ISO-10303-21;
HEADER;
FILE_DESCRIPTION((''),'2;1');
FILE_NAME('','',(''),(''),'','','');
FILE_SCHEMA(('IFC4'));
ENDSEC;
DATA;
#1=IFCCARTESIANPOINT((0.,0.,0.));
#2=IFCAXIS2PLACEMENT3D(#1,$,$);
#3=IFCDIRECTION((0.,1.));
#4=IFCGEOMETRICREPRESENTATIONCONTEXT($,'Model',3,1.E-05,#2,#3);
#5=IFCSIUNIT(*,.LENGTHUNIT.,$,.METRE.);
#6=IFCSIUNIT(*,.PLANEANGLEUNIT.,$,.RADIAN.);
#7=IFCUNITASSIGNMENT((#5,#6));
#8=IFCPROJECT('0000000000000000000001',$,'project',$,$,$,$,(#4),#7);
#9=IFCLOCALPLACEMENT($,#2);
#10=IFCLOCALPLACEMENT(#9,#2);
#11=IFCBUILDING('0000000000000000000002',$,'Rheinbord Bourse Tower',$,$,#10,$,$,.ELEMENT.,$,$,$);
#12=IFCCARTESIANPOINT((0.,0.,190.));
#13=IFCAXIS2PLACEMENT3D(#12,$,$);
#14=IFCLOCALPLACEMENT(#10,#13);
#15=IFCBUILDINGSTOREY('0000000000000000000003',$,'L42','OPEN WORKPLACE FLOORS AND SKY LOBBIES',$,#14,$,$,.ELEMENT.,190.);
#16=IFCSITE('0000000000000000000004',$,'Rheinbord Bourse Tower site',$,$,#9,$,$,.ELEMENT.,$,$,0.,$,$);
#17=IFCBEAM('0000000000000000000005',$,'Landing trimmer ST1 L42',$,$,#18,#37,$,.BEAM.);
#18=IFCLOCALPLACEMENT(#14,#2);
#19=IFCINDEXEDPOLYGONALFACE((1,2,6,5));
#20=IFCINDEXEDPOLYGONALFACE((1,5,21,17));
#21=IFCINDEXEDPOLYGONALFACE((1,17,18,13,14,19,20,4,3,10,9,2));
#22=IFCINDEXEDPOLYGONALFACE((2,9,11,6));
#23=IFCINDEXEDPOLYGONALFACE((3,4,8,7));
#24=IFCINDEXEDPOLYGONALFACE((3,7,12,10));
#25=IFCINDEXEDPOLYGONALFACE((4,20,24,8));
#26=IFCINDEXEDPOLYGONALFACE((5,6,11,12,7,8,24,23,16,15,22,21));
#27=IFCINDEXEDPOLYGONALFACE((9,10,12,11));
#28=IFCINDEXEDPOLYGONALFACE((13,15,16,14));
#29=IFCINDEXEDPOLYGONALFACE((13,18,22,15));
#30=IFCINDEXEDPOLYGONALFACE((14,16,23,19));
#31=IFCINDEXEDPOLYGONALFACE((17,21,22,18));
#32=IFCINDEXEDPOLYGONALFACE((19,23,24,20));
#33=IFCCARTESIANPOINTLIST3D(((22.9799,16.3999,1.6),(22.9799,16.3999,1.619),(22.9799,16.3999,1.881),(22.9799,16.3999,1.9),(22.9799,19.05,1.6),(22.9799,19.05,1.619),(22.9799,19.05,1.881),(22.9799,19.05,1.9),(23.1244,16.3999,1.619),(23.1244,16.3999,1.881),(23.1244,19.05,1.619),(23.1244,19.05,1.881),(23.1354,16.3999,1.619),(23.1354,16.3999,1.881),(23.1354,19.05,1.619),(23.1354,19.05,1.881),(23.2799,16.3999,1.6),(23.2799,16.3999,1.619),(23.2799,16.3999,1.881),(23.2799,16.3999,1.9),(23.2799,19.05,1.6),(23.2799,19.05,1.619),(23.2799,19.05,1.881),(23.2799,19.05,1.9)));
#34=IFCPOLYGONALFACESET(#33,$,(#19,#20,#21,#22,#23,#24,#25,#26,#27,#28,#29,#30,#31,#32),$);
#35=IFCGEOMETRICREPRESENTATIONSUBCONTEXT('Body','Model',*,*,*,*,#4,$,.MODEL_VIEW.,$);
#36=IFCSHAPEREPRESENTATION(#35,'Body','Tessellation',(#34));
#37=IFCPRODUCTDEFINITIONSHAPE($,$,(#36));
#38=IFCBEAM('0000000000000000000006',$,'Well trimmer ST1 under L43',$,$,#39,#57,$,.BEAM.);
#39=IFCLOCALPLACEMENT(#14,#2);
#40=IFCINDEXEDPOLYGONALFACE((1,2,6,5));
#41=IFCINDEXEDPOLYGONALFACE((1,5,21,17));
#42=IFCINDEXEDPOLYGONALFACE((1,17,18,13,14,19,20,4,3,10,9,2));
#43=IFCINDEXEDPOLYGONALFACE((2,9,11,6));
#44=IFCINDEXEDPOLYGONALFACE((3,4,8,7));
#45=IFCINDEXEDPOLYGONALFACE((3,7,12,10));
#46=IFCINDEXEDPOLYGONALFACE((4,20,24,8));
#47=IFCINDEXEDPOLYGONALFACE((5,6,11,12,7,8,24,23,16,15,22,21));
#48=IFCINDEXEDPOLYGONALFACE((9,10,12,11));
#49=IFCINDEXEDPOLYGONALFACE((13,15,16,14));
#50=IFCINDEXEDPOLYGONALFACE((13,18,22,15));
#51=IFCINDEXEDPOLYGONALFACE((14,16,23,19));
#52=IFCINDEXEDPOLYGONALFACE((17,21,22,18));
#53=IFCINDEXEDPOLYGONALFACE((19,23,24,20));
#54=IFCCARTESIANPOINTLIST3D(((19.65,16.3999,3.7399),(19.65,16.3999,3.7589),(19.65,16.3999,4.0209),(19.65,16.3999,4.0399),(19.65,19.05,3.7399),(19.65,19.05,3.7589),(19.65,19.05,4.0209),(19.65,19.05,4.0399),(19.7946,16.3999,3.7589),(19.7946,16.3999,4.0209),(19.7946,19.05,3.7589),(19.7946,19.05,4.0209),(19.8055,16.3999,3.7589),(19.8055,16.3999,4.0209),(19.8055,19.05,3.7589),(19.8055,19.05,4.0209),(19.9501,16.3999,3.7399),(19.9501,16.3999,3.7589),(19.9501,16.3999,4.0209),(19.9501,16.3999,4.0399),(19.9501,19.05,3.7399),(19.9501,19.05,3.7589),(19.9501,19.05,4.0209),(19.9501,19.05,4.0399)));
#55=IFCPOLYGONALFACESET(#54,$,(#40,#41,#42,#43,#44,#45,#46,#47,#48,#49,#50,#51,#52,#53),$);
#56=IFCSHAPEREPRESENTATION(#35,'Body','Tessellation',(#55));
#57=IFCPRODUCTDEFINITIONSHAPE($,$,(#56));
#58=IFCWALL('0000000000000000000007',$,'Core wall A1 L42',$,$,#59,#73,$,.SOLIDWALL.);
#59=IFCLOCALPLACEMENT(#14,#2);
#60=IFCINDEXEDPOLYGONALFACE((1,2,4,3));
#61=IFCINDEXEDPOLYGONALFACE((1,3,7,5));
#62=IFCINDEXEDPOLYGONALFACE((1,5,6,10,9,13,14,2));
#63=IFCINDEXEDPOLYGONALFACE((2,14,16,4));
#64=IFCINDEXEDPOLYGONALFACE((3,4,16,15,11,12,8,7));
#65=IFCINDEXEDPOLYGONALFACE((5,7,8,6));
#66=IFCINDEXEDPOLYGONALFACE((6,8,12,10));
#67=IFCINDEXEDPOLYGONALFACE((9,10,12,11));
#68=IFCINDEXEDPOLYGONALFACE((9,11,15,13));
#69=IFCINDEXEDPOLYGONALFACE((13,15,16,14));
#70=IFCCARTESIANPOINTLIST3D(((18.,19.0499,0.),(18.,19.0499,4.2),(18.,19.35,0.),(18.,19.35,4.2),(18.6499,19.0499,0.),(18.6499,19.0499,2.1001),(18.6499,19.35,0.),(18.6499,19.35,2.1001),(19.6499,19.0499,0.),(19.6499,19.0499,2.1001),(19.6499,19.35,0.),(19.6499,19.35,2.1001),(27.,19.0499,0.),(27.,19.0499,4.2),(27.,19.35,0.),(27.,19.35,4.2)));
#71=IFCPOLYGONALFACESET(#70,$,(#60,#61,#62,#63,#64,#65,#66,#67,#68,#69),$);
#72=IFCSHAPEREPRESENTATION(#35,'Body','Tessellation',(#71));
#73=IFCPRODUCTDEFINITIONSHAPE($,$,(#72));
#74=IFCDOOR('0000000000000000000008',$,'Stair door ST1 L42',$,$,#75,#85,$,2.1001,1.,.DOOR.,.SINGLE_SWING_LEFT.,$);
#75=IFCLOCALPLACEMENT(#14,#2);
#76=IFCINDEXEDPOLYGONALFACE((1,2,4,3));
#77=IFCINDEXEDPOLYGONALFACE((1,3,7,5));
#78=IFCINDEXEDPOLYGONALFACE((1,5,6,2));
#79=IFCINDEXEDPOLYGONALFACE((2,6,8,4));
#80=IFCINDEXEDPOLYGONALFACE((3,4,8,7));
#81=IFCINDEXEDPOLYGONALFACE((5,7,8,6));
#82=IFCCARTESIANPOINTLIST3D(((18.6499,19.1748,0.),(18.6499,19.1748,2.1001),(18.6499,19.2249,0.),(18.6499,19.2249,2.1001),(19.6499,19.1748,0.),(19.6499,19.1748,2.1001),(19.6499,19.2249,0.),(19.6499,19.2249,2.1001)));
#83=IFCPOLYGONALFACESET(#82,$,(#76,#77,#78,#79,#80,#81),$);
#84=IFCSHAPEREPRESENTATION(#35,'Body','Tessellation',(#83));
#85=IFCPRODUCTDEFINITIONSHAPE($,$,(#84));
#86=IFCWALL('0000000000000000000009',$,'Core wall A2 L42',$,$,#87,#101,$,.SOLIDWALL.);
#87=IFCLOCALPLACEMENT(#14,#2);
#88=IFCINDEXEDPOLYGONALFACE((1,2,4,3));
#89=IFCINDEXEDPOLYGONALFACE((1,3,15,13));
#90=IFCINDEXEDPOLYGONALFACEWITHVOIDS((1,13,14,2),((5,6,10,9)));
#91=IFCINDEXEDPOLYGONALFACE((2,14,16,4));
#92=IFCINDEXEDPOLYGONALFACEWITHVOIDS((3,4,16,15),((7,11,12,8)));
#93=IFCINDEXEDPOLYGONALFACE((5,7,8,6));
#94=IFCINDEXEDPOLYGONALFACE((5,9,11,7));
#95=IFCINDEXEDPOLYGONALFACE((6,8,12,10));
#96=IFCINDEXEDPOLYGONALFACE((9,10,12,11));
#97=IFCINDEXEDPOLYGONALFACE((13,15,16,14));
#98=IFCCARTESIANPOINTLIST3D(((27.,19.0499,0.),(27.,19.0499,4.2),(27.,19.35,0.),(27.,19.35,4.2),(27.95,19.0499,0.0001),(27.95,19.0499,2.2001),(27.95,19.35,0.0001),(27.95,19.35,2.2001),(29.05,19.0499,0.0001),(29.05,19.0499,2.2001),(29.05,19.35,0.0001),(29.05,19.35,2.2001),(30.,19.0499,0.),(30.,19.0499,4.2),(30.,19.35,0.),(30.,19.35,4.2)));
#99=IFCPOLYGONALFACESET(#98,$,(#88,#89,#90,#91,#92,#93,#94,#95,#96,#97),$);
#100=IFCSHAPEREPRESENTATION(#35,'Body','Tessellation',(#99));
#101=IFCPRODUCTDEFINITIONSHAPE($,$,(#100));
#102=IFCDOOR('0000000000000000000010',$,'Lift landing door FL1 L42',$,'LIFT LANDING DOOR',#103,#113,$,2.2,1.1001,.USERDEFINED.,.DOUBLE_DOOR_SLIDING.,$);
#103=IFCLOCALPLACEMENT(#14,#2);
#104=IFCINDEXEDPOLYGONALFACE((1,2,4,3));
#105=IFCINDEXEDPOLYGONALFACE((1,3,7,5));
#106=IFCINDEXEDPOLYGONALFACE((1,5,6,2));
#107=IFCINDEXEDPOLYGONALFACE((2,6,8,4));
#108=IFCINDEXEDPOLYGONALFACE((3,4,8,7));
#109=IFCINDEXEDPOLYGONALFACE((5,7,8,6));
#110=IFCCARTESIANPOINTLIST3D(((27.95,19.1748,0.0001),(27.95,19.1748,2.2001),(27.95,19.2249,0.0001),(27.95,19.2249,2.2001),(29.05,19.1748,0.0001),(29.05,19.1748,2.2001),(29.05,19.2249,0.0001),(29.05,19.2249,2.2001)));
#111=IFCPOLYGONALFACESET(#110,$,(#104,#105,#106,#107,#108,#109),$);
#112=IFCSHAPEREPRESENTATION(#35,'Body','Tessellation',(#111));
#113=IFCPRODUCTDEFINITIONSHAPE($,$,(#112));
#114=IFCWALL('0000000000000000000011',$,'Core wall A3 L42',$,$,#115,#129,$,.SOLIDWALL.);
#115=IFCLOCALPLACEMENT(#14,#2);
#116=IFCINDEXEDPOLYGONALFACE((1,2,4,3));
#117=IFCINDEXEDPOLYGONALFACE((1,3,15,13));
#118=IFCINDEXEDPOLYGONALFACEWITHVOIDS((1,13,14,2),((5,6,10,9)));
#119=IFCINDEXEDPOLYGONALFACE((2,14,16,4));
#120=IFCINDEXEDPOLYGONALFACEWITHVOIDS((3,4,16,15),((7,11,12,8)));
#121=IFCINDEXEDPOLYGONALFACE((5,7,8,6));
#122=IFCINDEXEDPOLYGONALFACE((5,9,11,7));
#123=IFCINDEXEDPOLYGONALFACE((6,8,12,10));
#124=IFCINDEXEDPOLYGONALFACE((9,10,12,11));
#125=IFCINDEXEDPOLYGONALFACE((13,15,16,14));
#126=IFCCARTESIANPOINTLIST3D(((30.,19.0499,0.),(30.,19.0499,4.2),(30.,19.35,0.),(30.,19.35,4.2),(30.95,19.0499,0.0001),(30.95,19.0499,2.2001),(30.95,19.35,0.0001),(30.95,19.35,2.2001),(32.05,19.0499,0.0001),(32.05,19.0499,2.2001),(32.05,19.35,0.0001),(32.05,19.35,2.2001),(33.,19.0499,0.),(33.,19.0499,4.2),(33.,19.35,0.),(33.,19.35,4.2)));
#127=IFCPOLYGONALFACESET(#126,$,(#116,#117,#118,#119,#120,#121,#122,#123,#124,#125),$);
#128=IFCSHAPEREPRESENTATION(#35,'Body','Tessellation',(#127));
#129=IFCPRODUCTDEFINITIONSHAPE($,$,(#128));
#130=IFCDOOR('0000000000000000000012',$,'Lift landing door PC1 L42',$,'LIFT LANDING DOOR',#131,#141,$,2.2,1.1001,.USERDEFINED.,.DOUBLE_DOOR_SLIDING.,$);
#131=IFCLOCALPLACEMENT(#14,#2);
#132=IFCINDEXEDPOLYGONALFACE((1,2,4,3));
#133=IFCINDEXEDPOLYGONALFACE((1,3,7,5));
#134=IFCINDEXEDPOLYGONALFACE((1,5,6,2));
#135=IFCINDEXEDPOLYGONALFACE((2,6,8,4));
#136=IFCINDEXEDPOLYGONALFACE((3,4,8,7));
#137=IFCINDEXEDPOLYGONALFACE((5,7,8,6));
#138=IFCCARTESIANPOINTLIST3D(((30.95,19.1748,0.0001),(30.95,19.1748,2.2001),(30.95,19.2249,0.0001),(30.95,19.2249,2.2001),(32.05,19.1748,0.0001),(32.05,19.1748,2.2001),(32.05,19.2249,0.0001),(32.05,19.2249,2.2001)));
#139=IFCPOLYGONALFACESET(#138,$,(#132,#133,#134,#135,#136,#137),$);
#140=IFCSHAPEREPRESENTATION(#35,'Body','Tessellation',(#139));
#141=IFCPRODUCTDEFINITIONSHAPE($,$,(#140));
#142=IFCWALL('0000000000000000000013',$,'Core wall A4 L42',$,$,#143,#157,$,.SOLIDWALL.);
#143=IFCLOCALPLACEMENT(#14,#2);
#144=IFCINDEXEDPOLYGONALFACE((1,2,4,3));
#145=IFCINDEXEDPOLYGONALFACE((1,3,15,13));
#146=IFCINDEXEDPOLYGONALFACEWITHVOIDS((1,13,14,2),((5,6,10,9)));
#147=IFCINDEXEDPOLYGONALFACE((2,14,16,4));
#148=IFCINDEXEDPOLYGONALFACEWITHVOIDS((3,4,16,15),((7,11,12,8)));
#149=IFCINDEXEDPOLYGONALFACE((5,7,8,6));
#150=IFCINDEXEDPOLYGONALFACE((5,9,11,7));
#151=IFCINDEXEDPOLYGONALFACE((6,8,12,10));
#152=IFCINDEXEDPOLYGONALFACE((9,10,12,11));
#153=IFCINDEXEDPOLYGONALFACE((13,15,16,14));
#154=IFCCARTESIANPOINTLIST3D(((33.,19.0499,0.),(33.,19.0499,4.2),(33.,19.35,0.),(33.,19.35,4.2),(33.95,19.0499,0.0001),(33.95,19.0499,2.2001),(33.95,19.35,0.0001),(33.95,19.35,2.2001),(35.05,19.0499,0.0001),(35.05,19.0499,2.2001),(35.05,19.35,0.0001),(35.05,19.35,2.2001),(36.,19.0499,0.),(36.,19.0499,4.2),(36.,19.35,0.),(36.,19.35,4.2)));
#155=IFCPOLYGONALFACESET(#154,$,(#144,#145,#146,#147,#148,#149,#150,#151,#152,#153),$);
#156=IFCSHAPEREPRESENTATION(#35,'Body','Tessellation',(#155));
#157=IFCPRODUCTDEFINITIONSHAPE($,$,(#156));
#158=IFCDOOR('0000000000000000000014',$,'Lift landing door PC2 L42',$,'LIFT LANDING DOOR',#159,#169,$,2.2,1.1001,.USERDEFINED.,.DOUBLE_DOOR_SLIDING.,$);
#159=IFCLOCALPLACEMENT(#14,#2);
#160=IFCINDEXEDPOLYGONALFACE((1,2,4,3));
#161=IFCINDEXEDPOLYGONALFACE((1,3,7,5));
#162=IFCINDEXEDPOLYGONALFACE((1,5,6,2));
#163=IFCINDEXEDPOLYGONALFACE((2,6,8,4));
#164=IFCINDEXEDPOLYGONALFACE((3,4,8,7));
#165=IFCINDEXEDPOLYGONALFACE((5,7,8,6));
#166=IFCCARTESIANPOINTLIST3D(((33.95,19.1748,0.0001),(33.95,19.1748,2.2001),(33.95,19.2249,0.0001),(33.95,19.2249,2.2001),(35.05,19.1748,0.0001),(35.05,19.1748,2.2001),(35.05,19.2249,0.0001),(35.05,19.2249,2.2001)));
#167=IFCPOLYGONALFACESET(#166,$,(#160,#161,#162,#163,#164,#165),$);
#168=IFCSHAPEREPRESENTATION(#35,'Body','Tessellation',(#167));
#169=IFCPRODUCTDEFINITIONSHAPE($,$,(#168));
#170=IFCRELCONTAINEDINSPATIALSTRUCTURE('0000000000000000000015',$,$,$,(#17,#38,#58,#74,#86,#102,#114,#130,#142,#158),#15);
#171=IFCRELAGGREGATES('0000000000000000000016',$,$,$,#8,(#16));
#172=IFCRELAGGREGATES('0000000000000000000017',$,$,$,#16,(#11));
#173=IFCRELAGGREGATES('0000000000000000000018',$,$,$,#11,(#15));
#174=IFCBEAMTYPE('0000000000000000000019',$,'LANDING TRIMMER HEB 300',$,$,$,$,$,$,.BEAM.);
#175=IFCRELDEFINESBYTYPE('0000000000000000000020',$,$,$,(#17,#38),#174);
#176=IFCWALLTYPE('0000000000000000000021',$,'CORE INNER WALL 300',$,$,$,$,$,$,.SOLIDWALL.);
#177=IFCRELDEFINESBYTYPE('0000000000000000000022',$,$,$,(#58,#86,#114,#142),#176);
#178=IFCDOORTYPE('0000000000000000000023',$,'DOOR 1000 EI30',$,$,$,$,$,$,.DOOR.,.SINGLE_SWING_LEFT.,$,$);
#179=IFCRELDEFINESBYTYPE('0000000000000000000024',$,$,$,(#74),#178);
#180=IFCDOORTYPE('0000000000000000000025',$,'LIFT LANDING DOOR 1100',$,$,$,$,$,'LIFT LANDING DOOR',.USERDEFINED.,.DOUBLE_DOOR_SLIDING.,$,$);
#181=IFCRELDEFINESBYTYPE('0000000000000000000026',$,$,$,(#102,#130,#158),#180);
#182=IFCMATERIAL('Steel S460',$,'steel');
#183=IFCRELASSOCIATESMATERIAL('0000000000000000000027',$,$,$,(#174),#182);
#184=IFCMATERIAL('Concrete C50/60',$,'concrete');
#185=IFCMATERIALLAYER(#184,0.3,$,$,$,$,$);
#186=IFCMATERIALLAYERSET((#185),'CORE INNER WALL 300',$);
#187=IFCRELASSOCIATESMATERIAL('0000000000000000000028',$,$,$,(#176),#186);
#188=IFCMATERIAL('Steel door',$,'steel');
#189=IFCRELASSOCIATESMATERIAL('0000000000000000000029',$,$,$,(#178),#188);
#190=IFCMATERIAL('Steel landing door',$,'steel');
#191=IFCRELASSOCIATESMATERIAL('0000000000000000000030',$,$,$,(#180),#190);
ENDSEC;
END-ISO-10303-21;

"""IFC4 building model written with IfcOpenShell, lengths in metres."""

from ifc_helpers import new_model, si_unit, direction, frame, frame_2d, origin, origin_2d, place, context, subcontext, project, spatial, rectangle, i_section, extrude, material, layer, layer_set, material_profile, profile_set, type_object, element, fill, save


model = new_model("IFC4")

# Units and contexts
model_context = context("Model", 3, precision=1e-05, world=origin(), true_north=direction((0.0, 1.0)))
body_context = subcontext(model_context, "Body", "Model", "MODEL_VIEW")
ifc_project = project(units=[si_unit("LENGTHUNIT", "METRE"), si_unit("PLANEANGLEUNIT", "RADIAN")], contexts=[model_context])

# Site, building, storey
site_placement = place(None, origin())
site = spatial("IfcSite", under=ifc_project, at=site_placement, Name="Rheinbord Bourse Tower site", CompositionType="ELEMENT", RefElevation=0.0)
building_placement = place(site_placement, origin())
building = spatial("IfcBuilding", under=site, at=building_placement, Name="Rheinbord Bourse Tower", CompositionType="ELEMENT")
storey_placement = place(building_placement, frame((0.0, 0.0, 190.0)))
storey = spatial("IfcBuildingStorey", under=building, at=storey_placement, Name="L42", Description="OPEN WORKPLACE FLOORS AND SKY LOBBIES", CompositionType="ELEMENT", Elevation=190.0)

# Beams
ifc_material_1 = material(Name="Steel S460", Category="steel")
ifc_material_profile = material_profile(ifc_material_1, i_section(OverallWidth=0.3, OverallDepth=0.3, WebThickness=0.011, FlangeThickness=0.019, at=origin_2d()), Name="HEB 300")
ifc_profile_set = profile_set([ifc_material_profile], Name="Steel S460")
beam_type = type_object("IfcBeamType", Name="LANDING TRIMMER HEB 300", PredefinedType="BEAM", material=ifc_profile_set)
for number, where, z_axis, x_axis, name in (
    (1, (23.1299, 16.3999, 1.75), (0.0, 1.0, 0.0), (-1.0, 0.0, 0.0), "Landing trimmer ST1 L42"),
    (2, (19.8, 16.3999, 3.8899), (0.0, 1.0, 0.0), (-1.0, 0.0, 0.0), "Well trimmer ST1 under L43"),
):
    element("IfcBeam", number, at=place(storey_placement, frame(where, z_axis=z_axis, x_axis=x_axis)), inside=storey, type_object=beam_type, Name=name, PredefinedType="BEAM", context=body_context, shape_type="SweptSolid", body=[
        extrude(i_section(OverallWidth=0.3, OverallDepth=0.3, WebThickness=0.011, FlangeThickness=0.019, at=origin_2d()), origin(), (0.0, 0.0, 1.0), 2.6501),
    ])

# Walls, openings, doors
ifc_material_2 = material(Name="Concrete C50/60", Category="concrete")
ifc_layer_1 = layer(ifc_material_2, 0.3)
ifc_layer_set_1 = layer_set([ifc_layer_1], Name="CORE INNER WALL 300")
wall_type_1 = type_object("IfcWallType", Name="CORE INNER WALL 300", PredefinedType="SOLIDWALL", material=ifc_layer_set_1)
wall_1_placement = place(storey_placement, frame((18.0, 19.2, 0.0), z_axis=(0.0, 0.0, 1.0), x_axis=(1.0, 0.0, 0.0)))
wall_1 = element("IfcWall", 3, at=wall_1_placement, inside=storey, type_object=wall_type_1, Name="Core wall A1 L42", PredefinedType="SOLIDWALL", context=body_context, shape_type="SweptSolid", body=[
    extrude(rectangle(XDim=9.0, YDim=0.3, at=frame_2d((4.5, 0.0))), origin(), (0.0, 0.0, 1.0), 4.2),
])
opening_1_placement = place(wall_1_placement, frame((0.6499, 0.0, 0.0)))
opening_1 = element("IfcOpeningElement", 4, at=opening_1_placement, cuts=wall_1, PredefinedType="OPENING", context=body_context, shape_type="SweptSolid", body=[
    extrude(rectangle(XDim=1.0, YDim=2.1001, at=frame_2d((0.5, 1.05))), frame((0.0, 0.1599, 0.0), z_axis=(0.0, -1.0, 0.0), x_axis=(1.0, 0.0, 0.0)), (0.0, 0.0, 1.0), 0.3201),
])
ifc_material_3 = material(Name="Steel door", Category="steel")
door_type_1 = type_object("IfcDoorType", Name="DOOR 1000 EI30", OperationType="SINGLE_SWING_LEFT", PredefinedType="DOOR", material=ifc_material_3)
door_1_placement = place(opening_1_placement, origin())
door_1 = element("IfcDoor", 5, at=door_1_placement, inside=storey, type_object=door_type_1, Name="Stair door ST1 L42", OperationType="SINGLE_SWING_LEFT", OverallHeight=2.1001, OverallWidth=1.0, PredefinedType="DOOR", context=body_context, shape_type="SweptSolid", body=[
    extrude(rectangle(XDim=1.0, YDim=2.1001, at=frame_2d((0.5, 1.05))), frame((0.0, 0.0249, 0.0), z_axis=(0.0, -1.0, 0.0), x_axis=(1.0, 0.0, 0.0)), (0.0, 0.0, 1.0), 0.05),
])
fill(opening_1, door_1)
wall_2_placement = place(storey_placement, frame((27.0, 19.2, 0.0), z_axis=(0.0, 0.0, 1.0), x_axis=(1.0, 0.0, 0.0)))
wall_2 = element("IfcWall", 6, at=wall_2_placement, inside=storey, type_object=wall_type_1, Name="Core wall A2 L42", PredefinedType="SOLIDWALL", context=body_context, shape_type="SweptSolid", body=[
    extrude(rectangle(XDim=3.0, YDim=0.3, at=frame_2d((1.5, 0.0))), origin(), (0.0, 0.0, 1.0), 4.2),
])
opening_2_placement = place(wall_2_placement, frame((0.95, 0.0, 0.0)))
opening_2 = element("IfcOpeningElement", 7, at=opening_2_placement, cuts=wall_2, PredefinedType="OPENING", context=body_context, shape_type="SweptSolid", body=[
    extrude(rectangle(XDim=1.1001, YDim=2.2, at=frame_2d((0.55, 1.1001))), frame((0.0, 0.1599, 0.0), z_axis=(0.0, -1.0, 0.0), x_axis=(1.0, 0.0, 0.0)), (0.0, 0.0, 1.0), 0.3201),
])
ifc_material_4 = material(Name="Steel landing door", Category="steel")
door_type_2 = type_object("IfcDoorType", Name="LIFT LANDING DOOR 1100", ElementType="LIFT LANDING DOOR", OperationType="DOUBLE_DOOR_SLIDING", PredefinedType="USERDEFINED", material=ifc_material_4)
door_2_placement = place(opening_2_placement, origin())
door_2 = element("IfcDoor", 8, at=door_2_placement, inside=storey, type_object=door_type_2, Name="Lift landing door FL1 L42", ObjectType="LIFT LANDING DOOR", OperationType="DOUBLE_DOOR_SLIDING", OverallHeight=2.2, OverallWidth=1.1001, PredefinedType="USERDEFINED", context=body_context, shape_type="SweptSolid", body=[
    extrude(rectangle(XDim=1.1001, YDim=2.2, at=frame_2d((0.55, 1.1001))), frame((0.0, 0.0249, 0.0), z_axis=(0.0, -1.0, 0.0), x_axis=(1.0, 0.0, 0.0)), (0.0, 0.0, 1.0), 0.05),
])
fill(opening_2, door_2)
wall_3_placement = place(storey_placement, frame((30.0, 19.2, 0.0), z_axis=(0.0, 0.0, 1.0), x_axis=(1.0, 0.0, 0.0)))
wall_3 = element("IfcWall", 9, at=wall_3_placement, inside=storey, type_object=wall_type_1, Name="Core wall A3 L42", PredefinedType="SOLIDWALL", context=body_context, shape_type="SweptSolid", body=[
    extrude(rectangle(XDim=3.0, YDim=0.3, at=frame_2d((1.5, 0.0))), origin(), (0.0, 0.0, 1.0), 4.2),
])
opening_3_placement = place(wall_3_placement, frame((0.95, 0.0, 0.0)))
opening_3 = element("IfcOpeningElement", 10, at=opening_3_placement, cuts=wall_3, PredefinedType="OPENING", context=body_context, shape_type="SweptSolid", body=[
    extrude(rectangle(XDim=1.1001, YDim=2.2, at=frame_2d((0.55, 1.1001))), frame((0.0, 0.1599, 0.0), z_axis=(0.0, -1.0, 0.0), x_axis=(1.0, 0.0, 0.0)), (0.0, 0.0, 1.0), 0.3201),
])
door_3_placement = place(opening_3_placement, origin())
door_3 = element("IfcDoor", 11, at=door_3_placement, inside=storey, type_object=door_type_2, Name="Lift landing door PC1 L42", ObjectType="LIFT LANDING DOOR", OperationType="DOUBLE_DOOR_SLIDING", OverallHeight=2.2, OverallWidth=1.1001, PredefinedType="USERDEFINED", context=body_context, shape_type="SweptSolid", body=[
    extrude(rectangle(XDim=1.1001, YDim=2.2, at=frame_2d((0.55, 1.1001))), frame((0.0, 0.0249, 0.0), z_axis=(0.0, -1.0, 0.0), x_axis=(1.0, 0.0, 0.0)), (0.0, 0.0, 1.0), 0.05),
])
fill(opening_3, door_3)
wall_4_placement = place(storey_placement, frame((33.0, 19.2, 0.0), z_axis=(0.0, 0.0, 1.0), x_axis=(1.0, 0.0, 0.0)))
wall_4 = element("IfcWall", 12, at=wall_4_placement, inside=storey, type_object=wall_type_1, Name="Core wall A4 L42", PredefinedType="SOLIDWALL", context=body_context, shape_type="SweptSolid", body=[
    extrude(rectangle(XDim=3.0, YDim=0.3, at=frame_2d((1.5, 0.0))), origin(), (0.0, 0.0, 1.0), 4.2),
])
opening_4_placement = place(wall_4_placement, frame((0.95, 0.0, 0.0)))
opening_4 = element("IfcOpeningElement", 13, at=opening_4_placement, cuts=wall_4, PredefinedType="OPENING", context=body_context, shape_type="SweptSolid", body=[
    extrude(rectangle(XDim=1.1001, YDim=2.2, at=frame_2d((0.55, 1.1001))), frame((0.0, 0.1599, 0.0), z_axis=(0.0, -1.0, 0.0), x_axis=(1.0, 0.0, 0.0)), (0.0, 0.0, 1.0), 0.3201),
])
door_4_placement = place(opening_4_placement, origin())
door_4 = element("IfcDoor", 14, at=door_4_placement, inside=storey, type_object=door_type_2, Name="Lift landing door PC2 L42", ObjectType="LIFT LANDING DOOR", OperationType="DOUBLE_DOOR_SLIDING", OverallHeight=2.2, OverallWidth=1.1001, PredefinedType="USERDEFINED", context=body_context, shape_type="SweptSolid", body=[
    extrude(rectangle(XDim=1.1001, YDim=2.2, at=frame_2d((0.55, 1.1001))), frame((0.0, 0.0249, 0.0), z_axis=(0.0, -1.0, 0.0), x_axis=(1.0, 0.0, 0.0)), (0.0, 0.0, 1.0), 0.05),
])
fill(opening_4, door_4)

save(model, "model.ifc")
